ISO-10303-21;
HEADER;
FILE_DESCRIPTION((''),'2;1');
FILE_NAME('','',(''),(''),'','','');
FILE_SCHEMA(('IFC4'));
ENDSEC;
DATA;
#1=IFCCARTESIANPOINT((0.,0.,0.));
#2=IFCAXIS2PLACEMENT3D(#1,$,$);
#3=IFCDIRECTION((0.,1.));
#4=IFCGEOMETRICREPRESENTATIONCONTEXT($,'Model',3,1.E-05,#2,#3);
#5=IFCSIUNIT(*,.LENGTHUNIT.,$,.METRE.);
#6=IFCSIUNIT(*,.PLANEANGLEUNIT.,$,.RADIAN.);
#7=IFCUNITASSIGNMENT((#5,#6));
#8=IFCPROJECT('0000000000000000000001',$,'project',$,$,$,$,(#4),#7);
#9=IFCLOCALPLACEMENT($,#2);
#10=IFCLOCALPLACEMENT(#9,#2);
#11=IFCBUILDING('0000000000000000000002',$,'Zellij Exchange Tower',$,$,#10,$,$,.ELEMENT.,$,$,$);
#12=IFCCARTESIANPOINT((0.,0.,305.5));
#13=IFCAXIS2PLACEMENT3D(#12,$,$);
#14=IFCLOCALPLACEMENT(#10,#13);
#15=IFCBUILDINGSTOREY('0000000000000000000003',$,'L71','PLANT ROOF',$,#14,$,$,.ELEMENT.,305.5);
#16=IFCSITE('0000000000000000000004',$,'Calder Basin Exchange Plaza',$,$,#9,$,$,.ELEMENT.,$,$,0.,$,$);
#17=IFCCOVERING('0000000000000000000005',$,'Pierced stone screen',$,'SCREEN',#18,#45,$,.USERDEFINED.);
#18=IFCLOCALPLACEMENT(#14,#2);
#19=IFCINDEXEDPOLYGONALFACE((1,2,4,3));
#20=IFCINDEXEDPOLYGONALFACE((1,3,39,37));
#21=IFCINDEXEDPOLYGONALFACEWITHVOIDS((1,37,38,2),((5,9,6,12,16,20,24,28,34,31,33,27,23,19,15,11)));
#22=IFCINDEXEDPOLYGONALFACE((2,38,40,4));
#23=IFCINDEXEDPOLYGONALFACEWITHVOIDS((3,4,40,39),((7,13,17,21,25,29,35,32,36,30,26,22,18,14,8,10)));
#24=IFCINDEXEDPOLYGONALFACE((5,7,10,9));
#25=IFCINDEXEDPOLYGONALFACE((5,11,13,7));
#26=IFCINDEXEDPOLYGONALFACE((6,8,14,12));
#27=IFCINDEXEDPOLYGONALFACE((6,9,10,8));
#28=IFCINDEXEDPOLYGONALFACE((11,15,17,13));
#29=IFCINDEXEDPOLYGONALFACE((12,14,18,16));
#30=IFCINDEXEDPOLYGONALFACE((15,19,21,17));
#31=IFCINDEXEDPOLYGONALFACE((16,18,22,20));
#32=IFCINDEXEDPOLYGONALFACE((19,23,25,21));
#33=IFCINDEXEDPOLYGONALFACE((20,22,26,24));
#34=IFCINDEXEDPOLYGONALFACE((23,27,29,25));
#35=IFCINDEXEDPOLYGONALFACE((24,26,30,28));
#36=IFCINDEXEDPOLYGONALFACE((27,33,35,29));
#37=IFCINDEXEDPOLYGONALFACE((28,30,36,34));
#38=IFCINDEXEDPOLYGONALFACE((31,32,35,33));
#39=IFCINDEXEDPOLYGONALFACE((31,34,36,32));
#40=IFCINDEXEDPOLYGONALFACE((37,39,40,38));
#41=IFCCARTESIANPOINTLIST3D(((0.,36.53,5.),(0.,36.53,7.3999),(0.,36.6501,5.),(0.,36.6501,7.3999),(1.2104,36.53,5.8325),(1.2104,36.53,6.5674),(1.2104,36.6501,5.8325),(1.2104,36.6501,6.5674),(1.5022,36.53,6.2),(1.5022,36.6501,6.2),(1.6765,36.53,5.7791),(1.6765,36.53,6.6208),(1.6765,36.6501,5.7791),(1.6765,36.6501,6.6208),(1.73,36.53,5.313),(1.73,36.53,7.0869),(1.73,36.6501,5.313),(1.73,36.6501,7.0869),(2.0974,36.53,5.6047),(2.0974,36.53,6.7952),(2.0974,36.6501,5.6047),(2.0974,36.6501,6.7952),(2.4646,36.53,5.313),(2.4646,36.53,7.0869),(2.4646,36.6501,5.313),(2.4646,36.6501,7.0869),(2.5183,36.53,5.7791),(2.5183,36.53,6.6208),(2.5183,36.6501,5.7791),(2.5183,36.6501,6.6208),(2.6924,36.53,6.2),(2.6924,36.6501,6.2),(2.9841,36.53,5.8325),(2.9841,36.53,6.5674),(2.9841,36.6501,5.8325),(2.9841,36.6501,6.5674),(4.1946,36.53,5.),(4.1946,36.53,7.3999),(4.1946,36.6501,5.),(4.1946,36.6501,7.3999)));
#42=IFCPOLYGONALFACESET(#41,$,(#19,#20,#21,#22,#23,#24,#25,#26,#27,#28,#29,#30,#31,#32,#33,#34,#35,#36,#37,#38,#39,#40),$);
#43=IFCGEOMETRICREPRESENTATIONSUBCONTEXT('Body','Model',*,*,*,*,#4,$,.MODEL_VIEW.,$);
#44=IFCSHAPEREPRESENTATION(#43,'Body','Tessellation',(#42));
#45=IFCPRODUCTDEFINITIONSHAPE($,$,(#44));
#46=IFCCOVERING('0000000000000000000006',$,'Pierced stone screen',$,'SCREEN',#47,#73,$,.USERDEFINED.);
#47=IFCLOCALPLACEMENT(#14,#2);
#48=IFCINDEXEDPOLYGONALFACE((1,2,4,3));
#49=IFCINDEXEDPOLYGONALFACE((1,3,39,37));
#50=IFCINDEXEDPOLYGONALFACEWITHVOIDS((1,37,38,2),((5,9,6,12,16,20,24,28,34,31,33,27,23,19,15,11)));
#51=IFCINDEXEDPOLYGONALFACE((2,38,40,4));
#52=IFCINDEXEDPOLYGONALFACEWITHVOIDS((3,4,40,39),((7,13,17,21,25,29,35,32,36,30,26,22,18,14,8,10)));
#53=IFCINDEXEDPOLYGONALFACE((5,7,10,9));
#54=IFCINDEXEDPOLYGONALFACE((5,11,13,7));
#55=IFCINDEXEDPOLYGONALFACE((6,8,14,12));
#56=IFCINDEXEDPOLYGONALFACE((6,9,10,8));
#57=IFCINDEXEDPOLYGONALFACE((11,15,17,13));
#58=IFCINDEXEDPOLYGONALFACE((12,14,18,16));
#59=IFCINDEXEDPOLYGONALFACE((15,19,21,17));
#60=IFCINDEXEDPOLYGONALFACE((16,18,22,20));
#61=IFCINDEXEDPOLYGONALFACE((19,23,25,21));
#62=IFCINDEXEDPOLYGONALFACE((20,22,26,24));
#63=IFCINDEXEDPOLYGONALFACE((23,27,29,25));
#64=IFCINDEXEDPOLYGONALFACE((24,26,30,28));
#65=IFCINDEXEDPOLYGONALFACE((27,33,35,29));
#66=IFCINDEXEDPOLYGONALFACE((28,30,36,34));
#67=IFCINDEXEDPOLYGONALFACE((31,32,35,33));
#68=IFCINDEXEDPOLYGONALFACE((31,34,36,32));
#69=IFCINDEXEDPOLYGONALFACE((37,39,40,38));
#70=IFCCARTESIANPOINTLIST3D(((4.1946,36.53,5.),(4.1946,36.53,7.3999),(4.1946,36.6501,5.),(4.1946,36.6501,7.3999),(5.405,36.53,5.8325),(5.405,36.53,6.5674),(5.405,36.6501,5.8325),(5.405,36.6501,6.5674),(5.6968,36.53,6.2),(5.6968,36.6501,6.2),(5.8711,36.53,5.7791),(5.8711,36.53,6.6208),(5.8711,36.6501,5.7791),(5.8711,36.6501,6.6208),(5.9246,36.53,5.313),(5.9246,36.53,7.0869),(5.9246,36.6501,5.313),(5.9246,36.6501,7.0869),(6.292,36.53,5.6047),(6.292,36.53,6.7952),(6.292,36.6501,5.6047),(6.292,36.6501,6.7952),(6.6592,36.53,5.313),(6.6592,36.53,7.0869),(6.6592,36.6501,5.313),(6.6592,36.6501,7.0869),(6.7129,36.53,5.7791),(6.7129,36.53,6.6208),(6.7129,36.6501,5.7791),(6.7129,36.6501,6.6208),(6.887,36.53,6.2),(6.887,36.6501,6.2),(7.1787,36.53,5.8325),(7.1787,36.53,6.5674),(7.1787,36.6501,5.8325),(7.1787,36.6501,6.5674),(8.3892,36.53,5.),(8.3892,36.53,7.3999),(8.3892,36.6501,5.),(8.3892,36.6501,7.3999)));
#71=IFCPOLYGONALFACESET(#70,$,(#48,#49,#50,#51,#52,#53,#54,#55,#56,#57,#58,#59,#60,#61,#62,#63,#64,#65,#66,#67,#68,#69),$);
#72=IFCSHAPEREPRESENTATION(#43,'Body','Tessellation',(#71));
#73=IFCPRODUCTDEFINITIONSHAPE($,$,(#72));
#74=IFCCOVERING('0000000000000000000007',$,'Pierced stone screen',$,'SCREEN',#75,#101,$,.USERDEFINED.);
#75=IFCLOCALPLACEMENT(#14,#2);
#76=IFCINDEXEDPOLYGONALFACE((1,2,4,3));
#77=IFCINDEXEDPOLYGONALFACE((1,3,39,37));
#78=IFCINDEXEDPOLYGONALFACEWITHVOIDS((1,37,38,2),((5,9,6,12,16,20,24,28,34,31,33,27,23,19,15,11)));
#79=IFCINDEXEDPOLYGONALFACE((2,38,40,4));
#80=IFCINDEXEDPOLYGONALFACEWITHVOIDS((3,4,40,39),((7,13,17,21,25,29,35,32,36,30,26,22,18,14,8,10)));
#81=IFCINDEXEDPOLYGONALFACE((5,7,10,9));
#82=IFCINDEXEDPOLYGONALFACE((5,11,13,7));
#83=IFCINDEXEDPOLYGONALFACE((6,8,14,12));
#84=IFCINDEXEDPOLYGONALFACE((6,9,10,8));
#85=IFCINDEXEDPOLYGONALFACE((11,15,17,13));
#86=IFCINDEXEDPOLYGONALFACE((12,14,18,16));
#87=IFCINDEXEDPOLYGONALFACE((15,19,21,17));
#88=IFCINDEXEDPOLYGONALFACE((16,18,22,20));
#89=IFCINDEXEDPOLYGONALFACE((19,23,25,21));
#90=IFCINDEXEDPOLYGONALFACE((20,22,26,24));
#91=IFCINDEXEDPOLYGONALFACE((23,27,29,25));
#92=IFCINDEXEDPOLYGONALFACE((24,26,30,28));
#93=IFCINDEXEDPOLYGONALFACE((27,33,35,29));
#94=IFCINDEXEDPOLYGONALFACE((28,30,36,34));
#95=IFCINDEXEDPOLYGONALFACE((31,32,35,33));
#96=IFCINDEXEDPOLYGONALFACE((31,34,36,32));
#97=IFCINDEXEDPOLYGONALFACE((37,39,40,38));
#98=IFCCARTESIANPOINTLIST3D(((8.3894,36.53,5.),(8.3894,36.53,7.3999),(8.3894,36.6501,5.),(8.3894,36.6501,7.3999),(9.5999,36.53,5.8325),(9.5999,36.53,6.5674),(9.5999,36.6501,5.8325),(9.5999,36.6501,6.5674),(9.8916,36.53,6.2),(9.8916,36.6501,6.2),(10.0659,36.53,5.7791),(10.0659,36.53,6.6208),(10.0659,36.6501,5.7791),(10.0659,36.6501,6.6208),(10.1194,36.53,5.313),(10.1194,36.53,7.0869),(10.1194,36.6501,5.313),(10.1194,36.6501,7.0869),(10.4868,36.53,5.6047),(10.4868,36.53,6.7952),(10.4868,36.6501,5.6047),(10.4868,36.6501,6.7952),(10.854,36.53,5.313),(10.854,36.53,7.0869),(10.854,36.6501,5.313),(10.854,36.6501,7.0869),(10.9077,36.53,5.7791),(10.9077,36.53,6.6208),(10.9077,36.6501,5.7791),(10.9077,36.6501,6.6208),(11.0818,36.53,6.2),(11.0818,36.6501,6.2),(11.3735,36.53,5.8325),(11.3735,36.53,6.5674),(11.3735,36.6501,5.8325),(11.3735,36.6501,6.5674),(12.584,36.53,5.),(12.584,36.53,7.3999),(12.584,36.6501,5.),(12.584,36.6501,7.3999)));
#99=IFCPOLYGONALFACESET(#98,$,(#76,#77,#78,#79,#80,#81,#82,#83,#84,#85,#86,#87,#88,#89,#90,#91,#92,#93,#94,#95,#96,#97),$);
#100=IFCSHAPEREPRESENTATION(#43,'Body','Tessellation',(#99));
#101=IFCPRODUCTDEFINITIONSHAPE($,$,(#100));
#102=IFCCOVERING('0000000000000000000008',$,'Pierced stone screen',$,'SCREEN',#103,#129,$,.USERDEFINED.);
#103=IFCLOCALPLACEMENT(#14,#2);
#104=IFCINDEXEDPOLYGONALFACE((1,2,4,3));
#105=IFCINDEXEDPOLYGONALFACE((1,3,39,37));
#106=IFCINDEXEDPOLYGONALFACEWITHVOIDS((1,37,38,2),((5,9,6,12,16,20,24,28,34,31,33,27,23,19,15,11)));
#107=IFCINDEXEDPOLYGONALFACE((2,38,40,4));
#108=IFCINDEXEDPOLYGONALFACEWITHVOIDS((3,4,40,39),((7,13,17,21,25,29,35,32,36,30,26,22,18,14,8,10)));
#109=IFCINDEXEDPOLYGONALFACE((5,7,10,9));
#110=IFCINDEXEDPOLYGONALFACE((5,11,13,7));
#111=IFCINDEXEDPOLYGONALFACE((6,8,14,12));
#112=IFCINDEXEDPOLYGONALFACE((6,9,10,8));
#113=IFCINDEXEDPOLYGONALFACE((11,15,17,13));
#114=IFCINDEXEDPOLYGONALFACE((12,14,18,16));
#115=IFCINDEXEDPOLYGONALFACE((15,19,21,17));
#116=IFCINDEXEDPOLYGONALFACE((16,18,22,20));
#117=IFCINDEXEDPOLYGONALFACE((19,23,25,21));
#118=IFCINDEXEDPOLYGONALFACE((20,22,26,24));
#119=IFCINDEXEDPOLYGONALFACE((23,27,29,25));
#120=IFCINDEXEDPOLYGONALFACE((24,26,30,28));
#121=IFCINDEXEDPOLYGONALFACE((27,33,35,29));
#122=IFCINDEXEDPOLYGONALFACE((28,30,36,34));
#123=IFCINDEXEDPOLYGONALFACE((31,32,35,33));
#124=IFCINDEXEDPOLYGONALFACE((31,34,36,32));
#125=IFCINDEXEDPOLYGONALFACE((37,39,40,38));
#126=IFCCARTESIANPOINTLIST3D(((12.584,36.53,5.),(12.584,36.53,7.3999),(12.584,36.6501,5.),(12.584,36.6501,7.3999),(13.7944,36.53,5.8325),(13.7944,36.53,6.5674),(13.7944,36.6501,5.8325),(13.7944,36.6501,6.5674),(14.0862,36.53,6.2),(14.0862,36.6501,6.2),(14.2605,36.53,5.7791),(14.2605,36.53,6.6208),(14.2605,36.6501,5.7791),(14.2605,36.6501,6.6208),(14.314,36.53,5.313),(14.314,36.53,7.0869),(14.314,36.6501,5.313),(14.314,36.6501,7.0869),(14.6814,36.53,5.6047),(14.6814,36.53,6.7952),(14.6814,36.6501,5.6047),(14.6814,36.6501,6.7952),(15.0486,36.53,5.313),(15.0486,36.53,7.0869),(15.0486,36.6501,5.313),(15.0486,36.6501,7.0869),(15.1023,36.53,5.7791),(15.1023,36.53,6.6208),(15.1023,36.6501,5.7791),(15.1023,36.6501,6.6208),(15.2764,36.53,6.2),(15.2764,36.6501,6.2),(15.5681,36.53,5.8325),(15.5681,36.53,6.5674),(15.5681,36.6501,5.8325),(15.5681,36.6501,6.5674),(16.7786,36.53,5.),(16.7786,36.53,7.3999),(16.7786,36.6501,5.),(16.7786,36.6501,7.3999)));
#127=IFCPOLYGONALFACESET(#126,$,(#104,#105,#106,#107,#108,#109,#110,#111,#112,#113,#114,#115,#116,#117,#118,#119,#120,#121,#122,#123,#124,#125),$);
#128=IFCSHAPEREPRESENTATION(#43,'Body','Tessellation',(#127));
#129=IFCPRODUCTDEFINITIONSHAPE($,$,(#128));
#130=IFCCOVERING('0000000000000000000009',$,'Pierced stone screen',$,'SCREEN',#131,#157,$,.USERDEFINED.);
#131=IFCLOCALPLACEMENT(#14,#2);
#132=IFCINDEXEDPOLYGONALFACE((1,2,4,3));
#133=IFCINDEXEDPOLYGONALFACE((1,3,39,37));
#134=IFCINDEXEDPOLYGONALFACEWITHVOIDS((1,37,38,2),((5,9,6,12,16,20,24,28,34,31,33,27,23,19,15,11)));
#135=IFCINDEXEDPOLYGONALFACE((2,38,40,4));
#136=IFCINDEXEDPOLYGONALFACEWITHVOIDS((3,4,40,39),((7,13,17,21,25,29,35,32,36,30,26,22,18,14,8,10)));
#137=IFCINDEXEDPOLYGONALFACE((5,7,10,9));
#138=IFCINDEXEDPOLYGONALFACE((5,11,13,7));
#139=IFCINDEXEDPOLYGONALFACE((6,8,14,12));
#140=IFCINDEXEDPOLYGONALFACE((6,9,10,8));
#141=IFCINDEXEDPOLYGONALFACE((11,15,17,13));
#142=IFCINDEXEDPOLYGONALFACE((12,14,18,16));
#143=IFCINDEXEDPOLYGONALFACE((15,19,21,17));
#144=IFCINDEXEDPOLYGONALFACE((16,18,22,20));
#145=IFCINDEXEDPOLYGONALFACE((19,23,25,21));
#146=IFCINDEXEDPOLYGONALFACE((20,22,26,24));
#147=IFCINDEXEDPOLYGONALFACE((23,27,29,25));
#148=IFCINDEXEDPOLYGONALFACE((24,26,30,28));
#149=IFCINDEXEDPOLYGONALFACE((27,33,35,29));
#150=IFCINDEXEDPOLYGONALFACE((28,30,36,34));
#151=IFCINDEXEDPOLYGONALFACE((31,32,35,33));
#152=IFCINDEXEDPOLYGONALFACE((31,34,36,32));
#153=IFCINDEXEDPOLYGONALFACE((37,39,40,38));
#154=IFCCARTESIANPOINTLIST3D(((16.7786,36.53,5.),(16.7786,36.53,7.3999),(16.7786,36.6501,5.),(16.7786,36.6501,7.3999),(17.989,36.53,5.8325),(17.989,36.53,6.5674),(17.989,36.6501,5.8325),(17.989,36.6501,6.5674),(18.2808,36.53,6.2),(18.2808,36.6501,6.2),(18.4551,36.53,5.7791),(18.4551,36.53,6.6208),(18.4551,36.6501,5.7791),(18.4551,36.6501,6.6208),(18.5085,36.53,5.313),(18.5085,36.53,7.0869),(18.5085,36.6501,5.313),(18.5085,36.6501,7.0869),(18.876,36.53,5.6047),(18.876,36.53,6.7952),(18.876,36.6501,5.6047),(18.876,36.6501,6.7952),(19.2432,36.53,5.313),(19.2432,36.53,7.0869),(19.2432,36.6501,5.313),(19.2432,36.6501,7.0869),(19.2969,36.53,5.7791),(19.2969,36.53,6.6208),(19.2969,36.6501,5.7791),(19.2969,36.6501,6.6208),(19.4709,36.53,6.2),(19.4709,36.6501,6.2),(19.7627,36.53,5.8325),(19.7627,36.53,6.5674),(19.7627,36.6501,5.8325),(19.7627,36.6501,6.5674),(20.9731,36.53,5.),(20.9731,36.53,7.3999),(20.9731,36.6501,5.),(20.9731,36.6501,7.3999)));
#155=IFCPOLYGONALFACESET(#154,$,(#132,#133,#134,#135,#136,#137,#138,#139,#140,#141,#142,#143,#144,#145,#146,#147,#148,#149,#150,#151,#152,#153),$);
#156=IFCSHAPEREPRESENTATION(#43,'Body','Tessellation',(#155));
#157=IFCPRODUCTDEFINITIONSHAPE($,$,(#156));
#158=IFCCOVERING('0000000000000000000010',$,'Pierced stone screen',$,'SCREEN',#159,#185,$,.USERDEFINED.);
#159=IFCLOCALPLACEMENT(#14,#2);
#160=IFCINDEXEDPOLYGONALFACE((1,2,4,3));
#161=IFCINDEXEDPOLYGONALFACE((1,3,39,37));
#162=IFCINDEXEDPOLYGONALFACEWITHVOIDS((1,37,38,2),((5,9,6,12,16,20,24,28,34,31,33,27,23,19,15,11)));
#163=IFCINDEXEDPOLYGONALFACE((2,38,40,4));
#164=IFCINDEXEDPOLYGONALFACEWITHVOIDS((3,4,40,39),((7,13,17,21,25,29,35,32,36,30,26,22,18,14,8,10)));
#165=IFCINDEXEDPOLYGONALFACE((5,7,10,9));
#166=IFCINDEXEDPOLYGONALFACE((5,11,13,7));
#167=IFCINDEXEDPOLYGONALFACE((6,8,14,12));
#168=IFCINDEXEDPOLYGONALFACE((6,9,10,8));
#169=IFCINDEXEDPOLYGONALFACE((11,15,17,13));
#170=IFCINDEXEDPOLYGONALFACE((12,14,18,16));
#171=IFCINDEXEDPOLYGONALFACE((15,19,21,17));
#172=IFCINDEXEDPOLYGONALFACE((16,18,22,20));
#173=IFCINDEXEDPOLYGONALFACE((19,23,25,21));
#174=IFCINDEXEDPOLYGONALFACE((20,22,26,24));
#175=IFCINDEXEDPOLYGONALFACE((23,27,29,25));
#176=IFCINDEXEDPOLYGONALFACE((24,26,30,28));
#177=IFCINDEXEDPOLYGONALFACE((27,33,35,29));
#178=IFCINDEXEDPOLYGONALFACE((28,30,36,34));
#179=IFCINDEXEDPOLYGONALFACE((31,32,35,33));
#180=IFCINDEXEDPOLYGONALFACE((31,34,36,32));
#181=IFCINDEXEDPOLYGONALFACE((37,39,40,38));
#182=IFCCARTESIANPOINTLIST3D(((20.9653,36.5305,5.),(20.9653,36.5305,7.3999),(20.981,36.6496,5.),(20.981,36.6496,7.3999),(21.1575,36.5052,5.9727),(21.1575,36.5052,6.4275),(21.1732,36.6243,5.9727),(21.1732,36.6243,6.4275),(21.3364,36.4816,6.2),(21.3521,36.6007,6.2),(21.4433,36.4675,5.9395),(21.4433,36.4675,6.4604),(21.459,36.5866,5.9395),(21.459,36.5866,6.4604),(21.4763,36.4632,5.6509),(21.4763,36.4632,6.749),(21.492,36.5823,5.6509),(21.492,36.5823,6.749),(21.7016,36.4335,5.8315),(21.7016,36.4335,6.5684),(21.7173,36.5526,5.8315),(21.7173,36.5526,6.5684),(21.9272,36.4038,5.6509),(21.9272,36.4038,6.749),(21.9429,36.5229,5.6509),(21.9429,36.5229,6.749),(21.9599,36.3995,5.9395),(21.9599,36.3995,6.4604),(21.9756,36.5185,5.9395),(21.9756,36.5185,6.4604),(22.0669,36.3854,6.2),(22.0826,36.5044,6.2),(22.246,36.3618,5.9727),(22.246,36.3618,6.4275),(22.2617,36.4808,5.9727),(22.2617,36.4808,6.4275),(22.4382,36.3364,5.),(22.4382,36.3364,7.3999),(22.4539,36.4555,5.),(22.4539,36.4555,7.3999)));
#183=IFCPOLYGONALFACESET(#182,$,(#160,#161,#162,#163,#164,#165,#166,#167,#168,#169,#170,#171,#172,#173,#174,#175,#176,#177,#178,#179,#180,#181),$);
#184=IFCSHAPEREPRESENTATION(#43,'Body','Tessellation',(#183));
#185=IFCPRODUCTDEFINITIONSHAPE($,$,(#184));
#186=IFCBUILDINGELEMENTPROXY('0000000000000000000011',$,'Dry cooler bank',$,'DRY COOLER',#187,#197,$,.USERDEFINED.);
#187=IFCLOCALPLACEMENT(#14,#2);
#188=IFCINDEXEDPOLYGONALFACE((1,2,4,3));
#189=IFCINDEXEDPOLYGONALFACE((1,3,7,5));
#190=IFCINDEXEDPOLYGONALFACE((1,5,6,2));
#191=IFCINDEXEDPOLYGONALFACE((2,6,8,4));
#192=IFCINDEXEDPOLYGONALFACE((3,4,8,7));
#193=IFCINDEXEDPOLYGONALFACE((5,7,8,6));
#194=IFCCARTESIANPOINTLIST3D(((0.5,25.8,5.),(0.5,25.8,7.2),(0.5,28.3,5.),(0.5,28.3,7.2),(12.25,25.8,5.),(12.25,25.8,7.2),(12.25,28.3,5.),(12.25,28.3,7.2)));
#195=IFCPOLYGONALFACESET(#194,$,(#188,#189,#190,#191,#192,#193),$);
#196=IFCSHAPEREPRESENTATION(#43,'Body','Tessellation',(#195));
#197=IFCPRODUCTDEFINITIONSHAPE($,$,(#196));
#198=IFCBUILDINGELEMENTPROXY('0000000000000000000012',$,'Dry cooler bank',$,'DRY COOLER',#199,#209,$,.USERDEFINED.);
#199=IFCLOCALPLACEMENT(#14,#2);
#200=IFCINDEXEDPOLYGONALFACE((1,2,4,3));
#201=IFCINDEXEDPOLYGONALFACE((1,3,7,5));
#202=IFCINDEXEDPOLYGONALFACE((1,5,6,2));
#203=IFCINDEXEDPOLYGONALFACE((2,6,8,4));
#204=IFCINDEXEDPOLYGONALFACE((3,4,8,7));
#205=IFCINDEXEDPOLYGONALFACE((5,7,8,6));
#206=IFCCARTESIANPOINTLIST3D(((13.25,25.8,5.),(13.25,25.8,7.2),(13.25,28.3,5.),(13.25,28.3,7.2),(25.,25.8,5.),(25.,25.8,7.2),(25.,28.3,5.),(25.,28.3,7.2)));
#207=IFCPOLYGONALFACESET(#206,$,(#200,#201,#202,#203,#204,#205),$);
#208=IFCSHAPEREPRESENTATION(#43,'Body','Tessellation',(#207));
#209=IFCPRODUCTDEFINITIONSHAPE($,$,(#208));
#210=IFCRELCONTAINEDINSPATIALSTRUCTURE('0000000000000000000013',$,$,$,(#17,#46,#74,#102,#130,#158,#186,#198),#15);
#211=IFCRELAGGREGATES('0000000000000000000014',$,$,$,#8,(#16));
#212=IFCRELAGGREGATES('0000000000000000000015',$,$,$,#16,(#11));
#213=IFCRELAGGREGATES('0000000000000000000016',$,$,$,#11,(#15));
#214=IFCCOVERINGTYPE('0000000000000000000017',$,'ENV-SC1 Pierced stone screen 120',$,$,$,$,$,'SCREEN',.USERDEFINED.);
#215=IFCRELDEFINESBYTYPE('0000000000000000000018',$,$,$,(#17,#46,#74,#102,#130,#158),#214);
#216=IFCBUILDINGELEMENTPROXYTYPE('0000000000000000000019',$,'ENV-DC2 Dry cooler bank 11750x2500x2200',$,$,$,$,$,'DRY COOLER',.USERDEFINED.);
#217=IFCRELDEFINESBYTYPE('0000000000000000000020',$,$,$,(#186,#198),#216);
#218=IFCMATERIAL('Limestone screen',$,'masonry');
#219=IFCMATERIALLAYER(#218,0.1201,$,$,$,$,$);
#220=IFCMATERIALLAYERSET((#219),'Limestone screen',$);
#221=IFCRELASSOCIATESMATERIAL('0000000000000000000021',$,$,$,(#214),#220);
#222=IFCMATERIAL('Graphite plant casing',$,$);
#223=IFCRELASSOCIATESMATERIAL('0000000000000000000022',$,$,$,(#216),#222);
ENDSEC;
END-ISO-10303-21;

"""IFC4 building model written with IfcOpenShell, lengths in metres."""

from ifc_helpers import new_model, si_unit, direction, frame, origin, origin_2d, place, context, subcontext, project, spatial, polyline, rectangle, outline, extrude, material, layer, layer_set, type_object, element, save


model = new_model("IFC4")

# Units and contexts
model_context = context("Model", 3, precision=1e-05, world=origin(), true_north=direction((0.0, 1.0)))
body_context = subcontext(model_context, "Body", "Model", "MODEL_VIEW")
ifc_project = project(units=[si_unit("LENGTHUNIT", "METRE"), si_unit("PLANEANGLEUNIT", "RADIAN")], contexts=[model_context])

# Site, building, storey
site_placement = place(None, origin())
site = spatial("IfcSite", under=ifc_project, at=site_placement, Name="Calder Basin Exchange Plaza", CompositionType="ELEMENT", RefElevation=0.0)
building_placement = place(site_placement, origin())
building = spatial("IfcBuilding", under=site, at=building_placement, Name="Zellij Exchange Tower", CompositionType="ELEMENT")
storey_placement = place(building_placement, frame((0.0, 0.0, 305.5)))
storey = spatial("IfcBuildingStorey", under=building, at=storey_placement, Name="L71", Description="PLANT ROOF", CompositionType="ELEMENT", Elevation=305.5)

# Coverings
ifc_material_1 = material(Name="Limestone screen", Category="masonry")
ifc_layer_1 = layer(ifc_material_1, 0.1201)
ifc_layer_set_1 = layer_set([ifc_layer_1], Name="Limestone screen")
covering_type = type_object("IfcCoveringType", Name="ENV-SC1 Pierced stone screen 120", ElementType="SCREEN", PredefinedType="USERDEFINED", material=ifc_layer_set_1)
for number, where, z_axis, x_axis, name in (
    (1, (0.0, 36.5901, 5.0), (0.0, 0.0, 1.0), (1.0, 0.0, 0.0), "Pierced stone screen"),
    (2, (4.1946, 36.5901, 5.0), (0.0, 0.0, 1.0), (1.0, 0.0, 0.0), "Pierced stone screen"),
    (3, (8.3894, 36.5901, 5.0), (0.0, 0.0, 1.0), (1.0, 0.0, 0.0), "Pierced stone screen"),
    (4, (12.584, 36.5901, 5.0), (0.0, 0.0, 1.0), (1.0, 0.0, 0.0), "Pierced stone screen"),
    (5, (16.7786, 36.5901, 5.0), (0.0, 0.0, 1.0), (1.0, 0.0, 0.0), "Pierced stone screen"),
):
    element("IfcCovering", number, at=place(storey_placement, frame(where, z_axis=z_axis, x_axis=x_axis)), inside=storey, type_object=covering_type, Name=name, ObjectType="SCREEN", PredefinedType="USERDEFINED", context=body_context, shape_type="SweptSolid", body=[
        extrude(outline(polyline([(0.0, 0.0), (4.1946, 0.0), (4.1946, 2.3999), (0.0, 2.3999), (0.0, 0.0)]), holes=[polyline([(2.9841, 1.5674), (2.5183, 1.6208), (2.4646, 2.0869), (2.0974, 1.7952), (1.73, 2.0869), (1.6765, 1.6208), (1.2104, 1.5674), (1.5022, 1.2), (1.2104, 0.8325), (1.6765, 0.7791), (1.73, 0.313), (2.0974, 0.6047), (2.4646, 0.313), (2.5183, 0.7791), (2.9841, 0.8325), (2.6924, 1.2), (2.9841, 1.5674)])]), frame((0.0, 0.0601, 0.0), z_axis=(0.0, -1.0, 0.0), x_axis=(1.0, 0.0, 0.0)), (0.0, 0.0, 1.0), 0.1201),
    ])
covering_placement = place(storey_placement, frame((20.9731, 36.5901, 5.0), z_axis=(0.0, 0.0, 1.0), x_axis=(0.991426, -0.130667, 0.0)))
element("IfcCovering", 6, at=covering_placement, inside=storey, type_object=covering_type, Name="Pierced stone screen", ObjectType="SCREEN", PredefinedType="USERDEFINED", context=body_context, shape_type="SweptSolid", body=[
    extrude(outline(polyline([(0.0, 0.0), (1.4856, 0.0), (1.4856, 2.3999), (0.0, 2.3999), (0.0, 0.0)]), holes=[polyline([(1.2917, 1.4275), (1.0032, 1.4604), (0.9702, 1.749), (0.7427, 1.5684), (0.5154, 1.749), (0.4822, 1.4604), (0.1938, 1.4275), (0.3743, 1.2), (0.1938, 0.9727), (0.4822, 0.9395), (0.5154, 0.6509), (0.7427, 0.8315), (0.9702, 0.6509), (1.0032, 0.9395), (1.2917, 0.9727), (1.1111, 1.2), (1.2917, 1.4275)])]), frame((0.0, 0.0601, 0.0), z_axis=(0.0, -1.0, 0.0), x_axis=(1.0, 0.0, 0.0)), (0.0, 0.0, 1.0), 0.1201),
])

# Building element proxies
ifc_material_2 = material(Name="Graphite plant casing")
building_element_proxy_type = type_object("IfcBuildingElementProxyType", Name="ENV-DC2 Dry cooler bank 11750x2500x2200", ElementType="DRY COOLER", PredefinedType="USERDEFINED", material=ifc_material_2)
for number, where, z_axis, x_axis, name in (
    (7, (6.375, 27.05, 5.0), (0.0, 0.0, 1.0), (1.0, 0.0, 0.0), "Dry cooler bank"),
    (8, (19.125, 27.05, 5.0), (0.0, 0.0, 1.0), (1.0, 0.0, 0.0), "Dry cooler bank"),
):
    element("IfcBuildingElementProxy", number, at=place(storey_placement, frame(where, z_axis=z_axis, x_axis=x_axis)), inside=storey, type_object=building_element_proxy_type, Name=name, ObjectType="DRY COOLER", PredefinedType="USERDEFINED", context=body_context, shape_type="SweptSolid", body=[
        extrude(rectangle(XDim=11.75, YDim=2.5, at=origin_2d()), origin(), (0.0, 0.0, 1.0), 2.2),
    ])

save(model, "model.ifc")
